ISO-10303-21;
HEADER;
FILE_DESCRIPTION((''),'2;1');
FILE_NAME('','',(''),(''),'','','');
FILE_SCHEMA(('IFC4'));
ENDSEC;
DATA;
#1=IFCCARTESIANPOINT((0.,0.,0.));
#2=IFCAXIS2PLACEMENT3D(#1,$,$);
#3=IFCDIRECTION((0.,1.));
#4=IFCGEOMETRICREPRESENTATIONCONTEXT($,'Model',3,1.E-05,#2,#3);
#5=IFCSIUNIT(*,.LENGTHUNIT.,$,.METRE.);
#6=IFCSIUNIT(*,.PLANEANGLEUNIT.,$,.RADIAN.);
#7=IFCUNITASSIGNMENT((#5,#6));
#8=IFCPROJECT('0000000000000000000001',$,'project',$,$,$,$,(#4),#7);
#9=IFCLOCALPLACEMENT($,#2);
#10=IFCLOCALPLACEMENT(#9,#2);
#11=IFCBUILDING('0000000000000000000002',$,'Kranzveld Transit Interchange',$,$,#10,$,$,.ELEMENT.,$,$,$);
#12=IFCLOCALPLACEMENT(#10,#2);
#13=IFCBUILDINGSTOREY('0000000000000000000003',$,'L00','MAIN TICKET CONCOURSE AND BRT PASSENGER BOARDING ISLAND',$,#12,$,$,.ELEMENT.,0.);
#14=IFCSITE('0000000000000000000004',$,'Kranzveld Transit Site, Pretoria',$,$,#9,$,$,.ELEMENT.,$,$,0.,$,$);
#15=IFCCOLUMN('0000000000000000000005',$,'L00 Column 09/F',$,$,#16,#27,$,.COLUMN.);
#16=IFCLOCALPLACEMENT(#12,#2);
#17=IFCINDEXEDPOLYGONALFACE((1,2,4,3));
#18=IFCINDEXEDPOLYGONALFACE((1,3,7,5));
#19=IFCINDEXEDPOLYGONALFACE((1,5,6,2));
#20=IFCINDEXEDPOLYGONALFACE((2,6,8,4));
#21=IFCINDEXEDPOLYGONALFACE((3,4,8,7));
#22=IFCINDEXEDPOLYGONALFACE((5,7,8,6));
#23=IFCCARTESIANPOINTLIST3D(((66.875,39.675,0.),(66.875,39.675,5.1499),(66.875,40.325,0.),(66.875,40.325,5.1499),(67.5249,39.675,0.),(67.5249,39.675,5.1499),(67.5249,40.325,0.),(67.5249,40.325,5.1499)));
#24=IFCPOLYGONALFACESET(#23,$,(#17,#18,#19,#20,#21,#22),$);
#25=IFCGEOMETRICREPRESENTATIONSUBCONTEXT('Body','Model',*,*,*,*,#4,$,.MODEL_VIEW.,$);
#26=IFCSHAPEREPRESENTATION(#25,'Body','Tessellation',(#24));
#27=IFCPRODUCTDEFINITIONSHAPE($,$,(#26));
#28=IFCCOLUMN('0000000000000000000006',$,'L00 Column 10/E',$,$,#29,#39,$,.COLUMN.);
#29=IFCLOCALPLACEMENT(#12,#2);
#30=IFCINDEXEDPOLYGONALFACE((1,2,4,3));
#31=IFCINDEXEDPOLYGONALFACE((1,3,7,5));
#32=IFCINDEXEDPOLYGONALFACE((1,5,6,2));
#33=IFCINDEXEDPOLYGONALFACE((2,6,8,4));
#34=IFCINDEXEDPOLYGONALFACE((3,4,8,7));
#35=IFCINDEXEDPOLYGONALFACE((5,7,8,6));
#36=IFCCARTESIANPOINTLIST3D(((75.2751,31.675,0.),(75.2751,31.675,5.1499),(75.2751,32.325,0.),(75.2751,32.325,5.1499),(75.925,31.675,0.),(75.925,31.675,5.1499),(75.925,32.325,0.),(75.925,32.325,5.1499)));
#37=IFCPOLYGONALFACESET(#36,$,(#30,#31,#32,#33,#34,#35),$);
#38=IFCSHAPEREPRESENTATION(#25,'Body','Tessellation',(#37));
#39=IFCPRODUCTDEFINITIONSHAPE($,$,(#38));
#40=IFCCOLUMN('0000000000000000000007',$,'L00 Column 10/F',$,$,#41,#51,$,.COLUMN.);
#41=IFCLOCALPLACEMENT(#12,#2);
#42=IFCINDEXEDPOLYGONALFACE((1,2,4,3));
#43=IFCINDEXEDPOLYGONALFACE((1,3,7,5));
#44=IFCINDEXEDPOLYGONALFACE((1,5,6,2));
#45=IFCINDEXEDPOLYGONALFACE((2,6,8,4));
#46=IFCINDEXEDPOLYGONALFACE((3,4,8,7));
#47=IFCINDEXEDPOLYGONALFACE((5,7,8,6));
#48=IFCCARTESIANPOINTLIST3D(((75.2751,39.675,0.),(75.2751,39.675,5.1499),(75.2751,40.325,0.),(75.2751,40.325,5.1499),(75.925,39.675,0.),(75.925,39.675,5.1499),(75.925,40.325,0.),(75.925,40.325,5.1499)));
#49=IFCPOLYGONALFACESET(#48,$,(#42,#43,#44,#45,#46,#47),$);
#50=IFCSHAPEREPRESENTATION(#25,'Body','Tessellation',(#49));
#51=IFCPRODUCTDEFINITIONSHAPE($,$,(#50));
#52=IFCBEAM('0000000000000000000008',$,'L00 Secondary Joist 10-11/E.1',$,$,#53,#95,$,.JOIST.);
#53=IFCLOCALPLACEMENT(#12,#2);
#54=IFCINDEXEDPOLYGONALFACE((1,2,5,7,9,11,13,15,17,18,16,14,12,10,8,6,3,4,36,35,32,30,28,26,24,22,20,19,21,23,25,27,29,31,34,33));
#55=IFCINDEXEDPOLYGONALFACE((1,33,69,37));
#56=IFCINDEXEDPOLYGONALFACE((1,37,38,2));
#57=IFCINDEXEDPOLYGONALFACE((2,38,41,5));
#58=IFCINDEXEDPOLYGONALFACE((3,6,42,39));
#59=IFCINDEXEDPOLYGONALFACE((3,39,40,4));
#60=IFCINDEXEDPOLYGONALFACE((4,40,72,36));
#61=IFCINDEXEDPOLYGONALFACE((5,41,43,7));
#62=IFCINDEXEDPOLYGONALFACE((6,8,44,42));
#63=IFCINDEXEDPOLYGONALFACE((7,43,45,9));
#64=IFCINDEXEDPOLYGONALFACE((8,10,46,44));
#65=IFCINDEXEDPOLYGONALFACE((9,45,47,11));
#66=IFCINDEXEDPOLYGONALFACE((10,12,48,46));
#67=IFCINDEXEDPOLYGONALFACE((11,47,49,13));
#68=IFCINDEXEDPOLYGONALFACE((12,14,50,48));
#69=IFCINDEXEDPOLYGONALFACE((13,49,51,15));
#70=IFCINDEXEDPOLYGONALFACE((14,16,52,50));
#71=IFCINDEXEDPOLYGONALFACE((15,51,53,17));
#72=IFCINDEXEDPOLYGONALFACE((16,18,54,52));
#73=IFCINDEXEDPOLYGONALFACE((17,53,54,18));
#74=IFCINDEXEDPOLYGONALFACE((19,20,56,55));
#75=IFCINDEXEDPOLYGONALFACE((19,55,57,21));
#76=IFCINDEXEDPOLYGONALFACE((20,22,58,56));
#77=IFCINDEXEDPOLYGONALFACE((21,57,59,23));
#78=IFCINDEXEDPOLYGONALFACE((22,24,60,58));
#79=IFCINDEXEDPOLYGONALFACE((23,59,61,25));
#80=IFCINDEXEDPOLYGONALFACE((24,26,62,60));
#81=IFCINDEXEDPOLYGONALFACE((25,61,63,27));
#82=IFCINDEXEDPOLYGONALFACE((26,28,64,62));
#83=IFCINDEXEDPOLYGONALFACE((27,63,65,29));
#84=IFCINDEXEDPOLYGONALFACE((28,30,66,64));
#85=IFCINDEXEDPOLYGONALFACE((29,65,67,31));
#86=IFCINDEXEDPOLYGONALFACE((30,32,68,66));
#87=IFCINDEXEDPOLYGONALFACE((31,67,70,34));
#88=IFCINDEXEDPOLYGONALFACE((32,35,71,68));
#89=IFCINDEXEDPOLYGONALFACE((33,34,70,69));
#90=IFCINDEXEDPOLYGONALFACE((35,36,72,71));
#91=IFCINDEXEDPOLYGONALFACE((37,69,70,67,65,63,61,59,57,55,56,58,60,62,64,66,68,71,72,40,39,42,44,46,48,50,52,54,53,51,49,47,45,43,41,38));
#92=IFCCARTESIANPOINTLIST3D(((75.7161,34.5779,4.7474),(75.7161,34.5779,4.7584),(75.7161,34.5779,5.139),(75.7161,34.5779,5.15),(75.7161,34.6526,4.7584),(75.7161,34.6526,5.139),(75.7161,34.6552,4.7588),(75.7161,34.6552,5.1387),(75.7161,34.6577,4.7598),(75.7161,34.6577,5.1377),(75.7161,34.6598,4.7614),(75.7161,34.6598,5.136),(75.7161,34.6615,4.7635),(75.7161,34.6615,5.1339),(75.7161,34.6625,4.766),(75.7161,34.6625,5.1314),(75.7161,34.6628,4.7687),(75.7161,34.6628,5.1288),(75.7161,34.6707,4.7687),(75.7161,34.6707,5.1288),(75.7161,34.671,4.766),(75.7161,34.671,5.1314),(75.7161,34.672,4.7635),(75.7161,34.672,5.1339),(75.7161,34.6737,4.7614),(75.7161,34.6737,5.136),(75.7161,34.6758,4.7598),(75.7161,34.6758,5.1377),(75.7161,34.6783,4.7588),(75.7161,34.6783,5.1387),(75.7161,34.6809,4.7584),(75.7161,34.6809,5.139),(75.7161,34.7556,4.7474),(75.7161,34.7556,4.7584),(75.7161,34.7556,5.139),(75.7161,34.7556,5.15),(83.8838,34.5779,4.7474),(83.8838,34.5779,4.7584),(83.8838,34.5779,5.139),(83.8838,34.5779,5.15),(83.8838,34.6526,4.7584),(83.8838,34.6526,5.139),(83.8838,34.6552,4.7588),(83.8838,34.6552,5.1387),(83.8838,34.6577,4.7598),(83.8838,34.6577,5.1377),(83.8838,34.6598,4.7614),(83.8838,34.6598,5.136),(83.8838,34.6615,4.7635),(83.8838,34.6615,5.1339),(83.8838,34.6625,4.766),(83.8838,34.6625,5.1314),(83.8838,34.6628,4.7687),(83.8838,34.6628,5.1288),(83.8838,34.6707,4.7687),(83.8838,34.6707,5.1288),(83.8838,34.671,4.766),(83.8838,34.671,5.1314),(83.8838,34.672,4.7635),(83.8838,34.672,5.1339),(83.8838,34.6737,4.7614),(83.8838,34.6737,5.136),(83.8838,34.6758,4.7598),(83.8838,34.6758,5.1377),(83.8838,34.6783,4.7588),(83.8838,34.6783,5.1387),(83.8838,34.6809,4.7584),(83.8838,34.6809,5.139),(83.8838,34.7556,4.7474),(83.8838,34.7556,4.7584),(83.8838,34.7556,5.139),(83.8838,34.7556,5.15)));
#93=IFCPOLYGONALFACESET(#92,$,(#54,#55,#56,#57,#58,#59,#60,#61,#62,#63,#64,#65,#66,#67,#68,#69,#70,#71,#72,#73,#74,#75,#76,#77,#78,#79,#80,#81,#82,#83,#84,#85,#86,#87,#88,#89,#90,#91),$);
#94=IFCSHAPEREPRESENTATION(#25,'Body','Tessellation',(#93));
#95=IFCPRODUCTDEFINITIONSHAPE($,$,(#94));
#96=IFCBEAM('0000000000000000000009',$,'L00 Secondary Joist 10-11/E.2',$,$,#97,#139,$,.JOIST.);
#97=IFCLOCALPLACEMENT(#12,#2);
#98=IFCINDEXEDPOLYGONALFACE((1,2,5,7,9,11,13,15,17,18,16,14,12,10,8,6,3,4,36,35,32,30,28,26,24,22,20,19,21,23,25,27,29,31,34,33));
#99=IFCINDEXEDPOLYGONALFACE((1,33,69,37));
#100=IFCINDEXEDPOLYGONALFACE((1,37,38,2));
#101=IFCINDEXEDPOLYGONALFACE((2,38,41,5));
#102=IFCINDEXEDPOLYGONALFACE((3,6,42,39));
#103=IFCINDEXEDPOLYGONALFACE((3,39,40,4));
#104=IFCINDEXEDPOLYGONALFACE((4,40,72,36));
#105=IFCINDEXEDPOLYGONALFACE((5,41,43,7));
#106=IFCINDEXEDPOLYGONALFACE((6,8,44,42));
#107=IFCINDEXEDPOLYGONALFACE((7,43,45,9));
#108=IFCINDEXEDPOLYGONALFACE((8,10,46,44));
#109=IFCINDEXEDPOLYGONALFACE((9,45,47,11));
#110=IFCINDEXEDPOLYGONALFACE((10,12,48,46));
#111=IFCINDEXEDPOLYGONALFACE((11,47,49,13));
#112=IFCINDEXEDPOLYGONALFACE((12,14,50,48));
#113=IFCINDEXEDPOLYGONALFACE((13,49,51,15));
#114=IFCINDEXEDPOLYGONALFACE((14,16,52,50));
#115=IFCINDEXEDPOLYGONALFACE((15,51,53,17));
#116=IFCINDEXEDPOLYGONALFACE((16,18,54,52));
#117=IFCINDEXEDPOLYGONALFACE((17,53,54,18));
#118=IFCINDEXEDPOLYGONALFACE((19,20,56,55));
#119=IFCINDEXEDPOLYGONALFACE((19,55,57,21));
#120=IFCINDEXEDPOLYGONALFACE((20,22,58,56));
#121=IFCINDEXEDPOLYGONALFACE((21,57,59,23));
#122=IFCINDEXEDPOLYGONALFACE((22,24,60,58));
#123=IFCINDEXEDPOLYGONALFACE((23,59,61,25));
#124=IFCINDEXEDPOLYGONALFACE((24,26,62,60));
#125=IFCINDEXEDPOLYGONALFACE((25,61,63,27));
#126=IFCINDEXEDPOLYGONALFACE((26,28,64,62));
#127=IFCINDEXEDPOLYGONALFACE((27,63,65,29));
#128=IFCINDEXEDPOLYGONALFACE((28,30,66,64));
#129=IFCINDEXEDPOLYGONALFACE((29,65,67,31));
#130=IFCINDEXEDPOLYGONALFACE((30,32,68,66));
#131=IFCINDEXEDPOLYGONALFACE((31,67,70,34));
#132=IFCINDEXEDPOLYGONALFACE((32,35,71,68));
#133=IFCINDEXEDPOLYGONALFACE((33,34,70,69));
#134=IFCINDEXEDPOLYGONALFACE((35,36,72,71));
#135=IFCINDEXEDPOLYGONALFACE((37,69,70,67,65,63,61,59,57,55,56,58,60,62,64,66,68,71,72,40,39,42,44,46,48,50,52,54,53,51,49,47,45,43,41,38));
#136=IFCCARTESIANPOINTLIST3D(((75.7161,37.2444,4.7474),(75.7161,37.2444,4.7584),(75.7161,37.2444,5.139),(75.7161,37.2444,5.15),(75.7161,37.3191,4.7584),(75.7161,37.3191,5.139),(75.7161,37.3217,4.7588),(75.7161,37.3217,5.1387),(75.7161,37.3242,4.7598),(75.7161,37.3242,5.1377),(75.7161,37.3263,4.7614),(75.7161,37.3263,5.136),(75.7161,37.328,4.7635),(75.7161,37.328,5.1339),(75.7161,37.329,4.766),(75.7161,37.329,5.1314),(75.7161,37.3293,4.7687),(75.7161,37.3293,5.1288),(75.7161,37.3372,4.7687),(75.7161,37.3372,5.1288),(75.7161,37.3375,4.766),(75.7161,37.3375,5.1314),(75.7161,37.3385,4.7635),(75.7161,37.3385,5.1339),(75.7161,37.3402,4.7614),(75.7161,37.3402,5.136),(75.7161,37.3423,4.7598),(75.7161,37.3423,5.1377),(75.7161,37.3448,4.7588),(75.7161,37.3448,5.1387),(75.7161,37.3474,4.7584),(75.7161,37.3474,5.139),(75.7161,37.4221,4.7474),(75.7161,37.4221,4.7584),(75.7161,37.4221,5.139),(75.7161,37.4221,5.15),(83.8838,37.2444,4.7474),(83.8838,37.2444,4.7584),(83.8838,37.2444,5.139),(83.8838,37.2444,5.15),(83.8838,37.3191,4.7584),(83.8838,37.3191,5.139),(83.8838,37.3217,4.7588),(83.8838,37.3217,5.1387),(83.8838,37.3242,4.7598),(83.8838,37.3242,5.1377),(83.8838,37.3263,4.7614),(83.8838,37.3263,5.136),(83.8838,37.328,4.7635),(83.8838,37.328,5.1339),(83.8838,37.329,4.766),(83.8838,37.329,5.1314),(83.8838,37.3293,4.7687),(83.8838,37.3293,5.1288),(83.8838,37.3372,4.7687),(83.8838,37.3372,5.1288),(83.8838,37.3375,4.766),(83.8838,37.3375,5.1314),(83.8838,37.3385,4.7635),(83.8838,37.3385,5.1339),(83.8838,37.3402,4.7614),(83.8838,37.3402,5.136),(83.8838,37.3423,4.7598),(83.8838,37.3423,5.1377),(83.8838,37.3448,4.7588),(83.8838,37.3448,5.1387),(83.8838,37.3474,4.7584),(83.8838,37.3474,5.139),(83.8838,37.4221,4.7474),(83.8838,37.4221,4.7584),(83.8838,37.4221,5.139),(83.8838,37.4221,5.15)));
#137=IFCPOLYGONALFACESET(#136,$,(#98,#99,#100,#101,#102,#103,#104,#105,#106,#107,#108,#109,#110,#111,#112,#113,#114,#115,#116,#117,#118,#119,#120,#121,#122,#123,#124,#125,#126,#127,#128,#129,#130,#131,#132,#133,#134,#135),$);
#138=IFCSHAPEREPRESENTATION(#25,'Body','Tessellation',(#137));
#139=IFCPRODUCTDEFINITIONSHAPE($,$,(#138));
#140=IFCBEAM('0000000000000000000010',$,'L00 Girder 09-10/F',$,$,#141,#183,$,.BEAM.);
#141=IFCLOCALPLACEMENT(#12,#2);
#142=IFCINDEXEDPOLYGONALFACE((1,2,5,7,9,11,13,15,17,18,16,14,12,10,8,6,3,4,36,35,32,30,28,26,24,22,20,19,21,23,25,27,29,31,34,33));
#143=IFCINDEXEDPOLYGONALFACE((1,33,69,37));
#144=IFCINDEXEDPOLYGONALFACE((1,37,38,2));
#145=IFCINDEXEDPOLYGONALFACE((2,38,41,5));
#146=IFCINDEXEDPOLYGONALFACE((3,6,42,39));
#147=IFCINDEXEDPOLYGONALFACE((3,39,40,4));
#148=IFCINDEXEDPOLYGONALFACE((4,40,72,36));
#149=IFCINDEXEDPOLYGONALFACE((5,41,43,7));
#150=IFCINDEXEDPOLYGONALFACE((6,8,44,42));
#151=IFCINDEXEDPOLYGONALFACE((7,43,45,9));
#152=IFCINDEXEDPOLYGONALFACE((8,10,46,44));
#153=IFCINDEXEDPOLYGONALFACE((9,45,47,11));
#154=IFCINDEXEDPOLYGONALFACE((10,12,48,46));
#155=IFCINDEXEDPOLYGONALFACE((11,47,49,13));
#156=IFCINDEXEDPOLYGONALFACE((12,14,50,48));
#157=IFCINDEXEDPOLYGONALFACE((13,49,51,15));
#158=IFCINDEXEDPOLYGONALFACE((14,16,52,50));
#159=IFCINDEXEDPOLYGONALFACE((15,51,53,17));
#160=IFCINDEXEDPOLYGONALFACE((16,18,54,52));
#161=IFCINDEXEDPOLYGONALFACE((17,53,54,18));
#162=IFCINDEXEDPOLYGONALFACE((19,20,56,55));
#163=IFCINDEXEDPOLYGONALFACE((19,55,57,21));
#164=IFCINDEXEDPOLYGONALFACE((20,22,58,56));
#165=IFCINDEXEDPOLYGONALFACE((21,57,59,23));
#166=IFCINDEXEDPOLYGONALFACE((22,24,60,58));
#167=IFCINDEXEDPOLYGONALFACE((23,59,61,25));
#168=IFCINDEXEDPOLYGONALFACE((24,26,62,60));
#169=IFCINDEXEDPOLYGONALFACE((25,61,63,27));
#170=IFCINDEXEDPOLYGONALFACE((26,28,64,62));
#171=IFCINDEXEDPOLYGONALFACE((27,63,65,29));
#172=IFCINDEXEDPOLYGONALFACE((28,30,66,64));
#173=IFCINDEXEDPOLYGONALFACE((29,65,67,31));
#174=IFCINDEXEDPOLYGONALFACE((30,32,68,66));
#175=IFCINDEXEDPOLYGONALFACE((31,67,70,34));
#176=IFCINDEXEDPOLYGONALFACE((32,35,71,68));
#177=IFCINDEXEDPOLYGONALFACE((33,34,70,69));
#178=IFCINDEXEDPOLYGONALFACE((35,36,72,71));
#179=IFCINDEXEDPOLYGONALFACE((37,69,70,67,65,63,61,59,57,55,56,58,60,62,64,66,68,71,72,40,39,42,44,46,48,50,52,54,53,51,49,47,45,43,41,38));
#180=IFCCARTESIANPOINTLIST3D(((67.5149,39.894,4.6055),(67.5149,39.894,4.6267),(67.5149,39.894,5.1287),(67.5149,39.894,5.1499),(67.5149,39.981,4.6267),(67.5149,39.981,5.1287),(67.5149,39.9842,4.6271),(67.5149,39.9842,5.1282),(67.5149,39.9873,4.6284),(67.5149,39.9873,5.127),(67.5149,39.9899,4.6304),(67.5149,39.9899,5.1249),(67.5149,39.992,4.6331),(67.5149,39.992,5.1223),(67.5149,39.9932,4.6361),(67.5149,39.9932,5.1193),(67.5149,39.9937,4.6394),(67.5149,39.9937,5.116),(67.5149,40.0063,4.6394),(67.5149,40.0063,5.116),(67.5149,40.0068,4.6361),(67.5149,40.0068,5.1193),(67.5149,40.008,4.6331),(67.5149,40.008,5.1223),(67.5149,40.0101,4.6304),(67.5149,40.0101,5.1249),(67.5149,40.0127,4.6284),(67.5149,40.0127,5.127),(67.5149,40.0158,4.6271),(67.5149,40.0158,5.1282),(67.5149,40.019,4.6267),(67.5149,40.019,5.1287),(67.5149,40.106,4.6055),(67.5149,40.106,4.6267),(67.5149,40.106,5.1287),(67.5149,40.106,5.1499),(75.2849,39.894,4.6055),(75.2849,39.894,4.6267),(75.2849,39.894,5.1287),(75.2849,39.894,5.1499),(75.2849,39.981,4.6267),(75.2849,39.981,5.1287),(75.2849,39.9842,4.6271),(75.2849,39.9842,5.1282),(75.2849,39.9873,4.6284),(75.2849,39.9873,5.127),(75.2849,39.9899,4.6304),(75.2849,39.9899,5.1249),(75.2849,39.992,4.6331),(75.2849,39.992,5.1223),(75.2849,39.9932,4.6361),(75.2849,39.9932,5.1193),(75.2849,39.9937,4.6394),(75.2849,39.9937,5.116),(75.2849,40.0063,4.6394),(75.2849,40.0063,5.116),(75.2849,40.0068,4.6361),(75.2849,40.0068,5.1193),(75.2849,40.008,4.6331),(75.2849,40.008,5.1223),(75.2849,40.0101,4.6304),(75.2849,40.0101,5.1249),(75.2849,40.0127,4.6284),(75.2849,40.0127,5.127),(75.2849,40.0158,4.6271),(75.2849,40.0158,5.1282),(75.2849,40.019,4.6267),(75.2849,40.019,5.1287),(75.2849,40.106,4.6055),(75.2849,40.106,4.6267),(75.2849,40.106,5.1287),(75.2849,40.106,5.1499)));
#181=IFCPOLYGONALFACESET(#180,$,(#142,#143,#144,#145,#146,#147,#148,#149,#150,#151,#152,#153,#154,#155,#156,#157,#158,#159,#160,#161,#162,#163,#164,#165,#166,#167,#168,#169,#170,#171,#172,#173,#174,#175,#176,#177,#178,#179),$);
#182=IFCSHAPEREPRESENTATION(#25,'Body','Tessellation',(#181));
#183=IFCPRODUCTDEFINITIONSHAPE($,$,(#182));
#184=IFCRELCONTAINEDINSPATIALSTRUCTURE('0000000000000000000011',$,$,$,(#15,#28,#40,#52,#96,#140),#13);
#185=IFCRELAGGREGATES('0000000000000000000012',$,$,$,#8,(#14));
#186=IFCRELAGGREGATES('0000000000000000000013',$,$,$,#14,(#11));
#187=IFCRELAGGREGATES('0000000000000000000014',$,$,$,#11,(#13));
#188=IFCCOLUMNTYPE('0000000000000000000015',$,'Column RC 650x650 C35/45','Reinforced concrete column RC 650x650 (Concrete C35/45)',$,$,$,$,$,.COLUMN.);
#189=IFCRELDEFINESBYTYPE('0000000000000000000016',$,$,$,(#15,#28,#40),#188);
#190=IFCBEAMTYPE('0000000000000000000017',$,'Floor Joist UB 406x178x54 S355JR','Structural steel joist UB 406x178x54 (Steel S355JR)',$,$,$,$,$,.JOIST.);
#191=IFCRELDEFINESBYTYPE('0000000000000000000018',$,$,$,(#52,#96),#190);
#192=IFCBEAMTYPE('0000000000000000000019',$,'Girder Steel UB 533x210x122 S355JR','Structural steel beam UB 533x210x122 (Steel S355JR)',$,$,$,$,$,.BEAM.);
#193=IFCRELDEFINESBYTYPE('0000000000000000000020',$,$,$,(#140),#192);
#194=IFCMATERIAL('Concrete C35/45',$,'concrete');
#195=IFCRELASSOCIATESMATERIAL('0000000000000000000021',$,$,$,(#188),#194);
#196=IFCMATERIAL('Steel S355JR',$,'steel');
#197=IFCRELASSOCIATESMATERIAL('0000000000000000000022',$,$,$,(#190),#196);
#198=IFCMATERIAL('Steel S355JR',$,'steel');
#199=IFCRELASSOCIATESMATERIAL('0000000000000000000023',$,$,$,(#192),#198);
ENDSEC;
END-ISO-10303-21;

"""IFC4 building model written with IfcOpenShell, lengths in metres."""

from ifc_helpers import new_model, si_unit, direction, frame, origin, origin_2d, place, context, subcontext, project, spatial, rectangle, i_section, extrude, material, material_profile, profile_set, type_object, element, save


model = new_model("IFC4")

# Units and contexts
model_context = context("Model", 3, precision=1e-05, world=origin(), true_north=direction((0.0, 1.0)))
body_context = subcontext(model_context, "Body", "Model", "MODEL_VIEW")
ifc_project = project(units=[si_unit("LENGTHUNIT", "METRE"), si_unit("PLANEANGLEUNIT", "RADIAN")], contexts=[model_context])

# Site, building, storey
site_placement = place(None, origin())
site = spatial("IfcSite", under=ifc_project, at=site_placement, Name="Kranzveld Transit Site, Pretoria", CompositionType="ELEMENT", RefElevation=0.0)
building_placement = place(site_placement, origin())
building = spatial("IfcBuilding", under=site, at=building_placement, Name="Kranzveld Transit Interchange", CompositionType="ELEMENT")
storey_placement = place(building_placement, origin())
storey = spatial("IfcBuildingStorey", under=building, at=storey_placement, Name="L00", Description="MAIN TICKET CONCOURSE AND BRT PASSENGER BOARDING ISLAND", CompositionType="ELEMENT", Elevation=0.0)

# Columns
ifc_material_1 = material(Name="Concrete C35/45", Category="concrete")
ifc_material_profile_1 = material_profile(ifc_material_1, rectangle(XDim=0.6499, YDim=0.6499, at=origin_2d()), Name="RC 650x650")
ifc_profile_set_1 = profile_set([ifc_material_profile_1], Name="Concrete C35/45")
column_type = type_object("IfcColumnType", Name="Column RC 650x650 C35/45", Description="Reinforced concrete column RC 650x650 (Concrete C35/45)", PredefinedType="COLUMN", material=ifc_profile_set_1)
for number, where, z_axis, x_axis, name in (
    (1, (67.2, 40.0, 0.0), (0.0, 0.0, 1.0), (1.0, 0.0, 0.0), "L00 Column 09/F"),
    (2, (75.6001, 32.0, 0.0), (0.0, 0.0, 1.0), (1.0, 0.0, 0.0), "L00 Column 10/E"),
    (3, (75.6001, 40.0, 0.0), (0.0, 0.0, 1.0), (1.0, 0.0, 0.0), "L00 Column 10/F"),
):
    element("IfcColumn", number, at=place(storey_placement, frame(where, z_axis=z_axis, x_axis=x_axis)), inside=storey, type_object=column_type, Name=name, PredefinedType="COLUMN", context=body_context, shape_type="SweptSolid", body=[
        extrude(rectangle(XDim=0.6499, YDim=0.6499, at=origin_2d()), origin(), (0.0, 0.0, 1.0), 5.1499),
    ])

# Beams
ifc_material_2 = material(Name="Steel S355JR", Category="steel")
ifc_material_profile_2 = material_profile(ifc_material_2, i_section(OverallWidth=0.1777, OverallDepth=0.4026, WebThickness=0.0078, FlangeThickness=0.011, FilletRadius=0.0103, at=origin_2d()), Name="UB 406x178x54")
ifc_profile_set_2 = profile_set([ifc_material_profile_2], Name="Steel S355JR")
beam_type_1 = type_object("IfcBeamType", Name="Floor Joist UB 406x178x54 S355JR", Description="Structural steel joist UB 406x178x54 (Steel S355JR)", PredefinedType="JOIST", material=ifc_profile_set_2)
for number, where, z_axis, x_axis, name in (
    (4, (75.7161, 34.6667, 4.9487), (1.0, 0.0, 0.0), (0.0, 1.0, 0.0), "L00 Secondary Joist 10-11/E.1"),
    (5, (75.7161, 37.3333, 4.9487), (1.0, 0.0, 0.0), (0.0, 1.0, 0.0), "L00 Secondary Joist 10-11/E.2"),
):
    element("IfcBeam", number, at=place(storey_placement, frame(where, z_axis=z_axis, x_axis=x_axis)), inside=storey, type_object=beam_type_1, Name=name, PredefinedType="JOIST", context=body_context, shape_type="SweptSolid", body=[
        extrude(i_section(OverallWidth=0.1777, OverallDepth=0.4026, WebThickness=0.0078, FlangeThickness=0.011, FilletRadius=0.0103, at=origin_2d()), origin(), (0.0, 0.0, 1.0), 8.1677),
    ])
ifc_material_3 = material(Name="Steel S355JR", Category="steel")
ifc_material_profile_3 = material_profile(ifc_material_3, i_section(OverallWidth=0.2119, OverallDepth=0.5444, WebThickness=0.0127, FlangeThickness=0.0212, FilletRadius=0.0127, at=origin_2d()), Name="UB 533x210x122")
ifc_profile_set_3 = profile_set([ifc_material_profile_3], Name="Steel S355JR")
beam_type_2 = type_object("IfcBeamType", Name="Girder Steel UB 533x210x122 S355JR", Description="Structural steel beam UB 533x210x122 (Steel S355JR)", PredefinedType="BEAM", material=ifc_profile_set_3)
beam_1_placement = place(storey_placement, frame((67.5149, 40.0, 4.8777), z_axis=(1.0, 0.0, 0.0), x_axis=(0.0, 1.0, 0.0)))
element("IfcBeam", 6, at=beam_1_placement, inside=storey, type_object=beam_type_2, Name="L00 Girder 09-10/F", PredefinedType="BEAM", context=body_context, shape_type="SweptSolid", body=[
    extrude(i_section(OverallWidth=0.2119, OverallDepth=0.5444, WebThickness=0.0127, FlangeThickness=0.0212, FilletRadius=0.0127, at=origin_2d()), origin(), (0.0, 0.0, 1.0), 7.77),
])

save(model, "model.ifc")
